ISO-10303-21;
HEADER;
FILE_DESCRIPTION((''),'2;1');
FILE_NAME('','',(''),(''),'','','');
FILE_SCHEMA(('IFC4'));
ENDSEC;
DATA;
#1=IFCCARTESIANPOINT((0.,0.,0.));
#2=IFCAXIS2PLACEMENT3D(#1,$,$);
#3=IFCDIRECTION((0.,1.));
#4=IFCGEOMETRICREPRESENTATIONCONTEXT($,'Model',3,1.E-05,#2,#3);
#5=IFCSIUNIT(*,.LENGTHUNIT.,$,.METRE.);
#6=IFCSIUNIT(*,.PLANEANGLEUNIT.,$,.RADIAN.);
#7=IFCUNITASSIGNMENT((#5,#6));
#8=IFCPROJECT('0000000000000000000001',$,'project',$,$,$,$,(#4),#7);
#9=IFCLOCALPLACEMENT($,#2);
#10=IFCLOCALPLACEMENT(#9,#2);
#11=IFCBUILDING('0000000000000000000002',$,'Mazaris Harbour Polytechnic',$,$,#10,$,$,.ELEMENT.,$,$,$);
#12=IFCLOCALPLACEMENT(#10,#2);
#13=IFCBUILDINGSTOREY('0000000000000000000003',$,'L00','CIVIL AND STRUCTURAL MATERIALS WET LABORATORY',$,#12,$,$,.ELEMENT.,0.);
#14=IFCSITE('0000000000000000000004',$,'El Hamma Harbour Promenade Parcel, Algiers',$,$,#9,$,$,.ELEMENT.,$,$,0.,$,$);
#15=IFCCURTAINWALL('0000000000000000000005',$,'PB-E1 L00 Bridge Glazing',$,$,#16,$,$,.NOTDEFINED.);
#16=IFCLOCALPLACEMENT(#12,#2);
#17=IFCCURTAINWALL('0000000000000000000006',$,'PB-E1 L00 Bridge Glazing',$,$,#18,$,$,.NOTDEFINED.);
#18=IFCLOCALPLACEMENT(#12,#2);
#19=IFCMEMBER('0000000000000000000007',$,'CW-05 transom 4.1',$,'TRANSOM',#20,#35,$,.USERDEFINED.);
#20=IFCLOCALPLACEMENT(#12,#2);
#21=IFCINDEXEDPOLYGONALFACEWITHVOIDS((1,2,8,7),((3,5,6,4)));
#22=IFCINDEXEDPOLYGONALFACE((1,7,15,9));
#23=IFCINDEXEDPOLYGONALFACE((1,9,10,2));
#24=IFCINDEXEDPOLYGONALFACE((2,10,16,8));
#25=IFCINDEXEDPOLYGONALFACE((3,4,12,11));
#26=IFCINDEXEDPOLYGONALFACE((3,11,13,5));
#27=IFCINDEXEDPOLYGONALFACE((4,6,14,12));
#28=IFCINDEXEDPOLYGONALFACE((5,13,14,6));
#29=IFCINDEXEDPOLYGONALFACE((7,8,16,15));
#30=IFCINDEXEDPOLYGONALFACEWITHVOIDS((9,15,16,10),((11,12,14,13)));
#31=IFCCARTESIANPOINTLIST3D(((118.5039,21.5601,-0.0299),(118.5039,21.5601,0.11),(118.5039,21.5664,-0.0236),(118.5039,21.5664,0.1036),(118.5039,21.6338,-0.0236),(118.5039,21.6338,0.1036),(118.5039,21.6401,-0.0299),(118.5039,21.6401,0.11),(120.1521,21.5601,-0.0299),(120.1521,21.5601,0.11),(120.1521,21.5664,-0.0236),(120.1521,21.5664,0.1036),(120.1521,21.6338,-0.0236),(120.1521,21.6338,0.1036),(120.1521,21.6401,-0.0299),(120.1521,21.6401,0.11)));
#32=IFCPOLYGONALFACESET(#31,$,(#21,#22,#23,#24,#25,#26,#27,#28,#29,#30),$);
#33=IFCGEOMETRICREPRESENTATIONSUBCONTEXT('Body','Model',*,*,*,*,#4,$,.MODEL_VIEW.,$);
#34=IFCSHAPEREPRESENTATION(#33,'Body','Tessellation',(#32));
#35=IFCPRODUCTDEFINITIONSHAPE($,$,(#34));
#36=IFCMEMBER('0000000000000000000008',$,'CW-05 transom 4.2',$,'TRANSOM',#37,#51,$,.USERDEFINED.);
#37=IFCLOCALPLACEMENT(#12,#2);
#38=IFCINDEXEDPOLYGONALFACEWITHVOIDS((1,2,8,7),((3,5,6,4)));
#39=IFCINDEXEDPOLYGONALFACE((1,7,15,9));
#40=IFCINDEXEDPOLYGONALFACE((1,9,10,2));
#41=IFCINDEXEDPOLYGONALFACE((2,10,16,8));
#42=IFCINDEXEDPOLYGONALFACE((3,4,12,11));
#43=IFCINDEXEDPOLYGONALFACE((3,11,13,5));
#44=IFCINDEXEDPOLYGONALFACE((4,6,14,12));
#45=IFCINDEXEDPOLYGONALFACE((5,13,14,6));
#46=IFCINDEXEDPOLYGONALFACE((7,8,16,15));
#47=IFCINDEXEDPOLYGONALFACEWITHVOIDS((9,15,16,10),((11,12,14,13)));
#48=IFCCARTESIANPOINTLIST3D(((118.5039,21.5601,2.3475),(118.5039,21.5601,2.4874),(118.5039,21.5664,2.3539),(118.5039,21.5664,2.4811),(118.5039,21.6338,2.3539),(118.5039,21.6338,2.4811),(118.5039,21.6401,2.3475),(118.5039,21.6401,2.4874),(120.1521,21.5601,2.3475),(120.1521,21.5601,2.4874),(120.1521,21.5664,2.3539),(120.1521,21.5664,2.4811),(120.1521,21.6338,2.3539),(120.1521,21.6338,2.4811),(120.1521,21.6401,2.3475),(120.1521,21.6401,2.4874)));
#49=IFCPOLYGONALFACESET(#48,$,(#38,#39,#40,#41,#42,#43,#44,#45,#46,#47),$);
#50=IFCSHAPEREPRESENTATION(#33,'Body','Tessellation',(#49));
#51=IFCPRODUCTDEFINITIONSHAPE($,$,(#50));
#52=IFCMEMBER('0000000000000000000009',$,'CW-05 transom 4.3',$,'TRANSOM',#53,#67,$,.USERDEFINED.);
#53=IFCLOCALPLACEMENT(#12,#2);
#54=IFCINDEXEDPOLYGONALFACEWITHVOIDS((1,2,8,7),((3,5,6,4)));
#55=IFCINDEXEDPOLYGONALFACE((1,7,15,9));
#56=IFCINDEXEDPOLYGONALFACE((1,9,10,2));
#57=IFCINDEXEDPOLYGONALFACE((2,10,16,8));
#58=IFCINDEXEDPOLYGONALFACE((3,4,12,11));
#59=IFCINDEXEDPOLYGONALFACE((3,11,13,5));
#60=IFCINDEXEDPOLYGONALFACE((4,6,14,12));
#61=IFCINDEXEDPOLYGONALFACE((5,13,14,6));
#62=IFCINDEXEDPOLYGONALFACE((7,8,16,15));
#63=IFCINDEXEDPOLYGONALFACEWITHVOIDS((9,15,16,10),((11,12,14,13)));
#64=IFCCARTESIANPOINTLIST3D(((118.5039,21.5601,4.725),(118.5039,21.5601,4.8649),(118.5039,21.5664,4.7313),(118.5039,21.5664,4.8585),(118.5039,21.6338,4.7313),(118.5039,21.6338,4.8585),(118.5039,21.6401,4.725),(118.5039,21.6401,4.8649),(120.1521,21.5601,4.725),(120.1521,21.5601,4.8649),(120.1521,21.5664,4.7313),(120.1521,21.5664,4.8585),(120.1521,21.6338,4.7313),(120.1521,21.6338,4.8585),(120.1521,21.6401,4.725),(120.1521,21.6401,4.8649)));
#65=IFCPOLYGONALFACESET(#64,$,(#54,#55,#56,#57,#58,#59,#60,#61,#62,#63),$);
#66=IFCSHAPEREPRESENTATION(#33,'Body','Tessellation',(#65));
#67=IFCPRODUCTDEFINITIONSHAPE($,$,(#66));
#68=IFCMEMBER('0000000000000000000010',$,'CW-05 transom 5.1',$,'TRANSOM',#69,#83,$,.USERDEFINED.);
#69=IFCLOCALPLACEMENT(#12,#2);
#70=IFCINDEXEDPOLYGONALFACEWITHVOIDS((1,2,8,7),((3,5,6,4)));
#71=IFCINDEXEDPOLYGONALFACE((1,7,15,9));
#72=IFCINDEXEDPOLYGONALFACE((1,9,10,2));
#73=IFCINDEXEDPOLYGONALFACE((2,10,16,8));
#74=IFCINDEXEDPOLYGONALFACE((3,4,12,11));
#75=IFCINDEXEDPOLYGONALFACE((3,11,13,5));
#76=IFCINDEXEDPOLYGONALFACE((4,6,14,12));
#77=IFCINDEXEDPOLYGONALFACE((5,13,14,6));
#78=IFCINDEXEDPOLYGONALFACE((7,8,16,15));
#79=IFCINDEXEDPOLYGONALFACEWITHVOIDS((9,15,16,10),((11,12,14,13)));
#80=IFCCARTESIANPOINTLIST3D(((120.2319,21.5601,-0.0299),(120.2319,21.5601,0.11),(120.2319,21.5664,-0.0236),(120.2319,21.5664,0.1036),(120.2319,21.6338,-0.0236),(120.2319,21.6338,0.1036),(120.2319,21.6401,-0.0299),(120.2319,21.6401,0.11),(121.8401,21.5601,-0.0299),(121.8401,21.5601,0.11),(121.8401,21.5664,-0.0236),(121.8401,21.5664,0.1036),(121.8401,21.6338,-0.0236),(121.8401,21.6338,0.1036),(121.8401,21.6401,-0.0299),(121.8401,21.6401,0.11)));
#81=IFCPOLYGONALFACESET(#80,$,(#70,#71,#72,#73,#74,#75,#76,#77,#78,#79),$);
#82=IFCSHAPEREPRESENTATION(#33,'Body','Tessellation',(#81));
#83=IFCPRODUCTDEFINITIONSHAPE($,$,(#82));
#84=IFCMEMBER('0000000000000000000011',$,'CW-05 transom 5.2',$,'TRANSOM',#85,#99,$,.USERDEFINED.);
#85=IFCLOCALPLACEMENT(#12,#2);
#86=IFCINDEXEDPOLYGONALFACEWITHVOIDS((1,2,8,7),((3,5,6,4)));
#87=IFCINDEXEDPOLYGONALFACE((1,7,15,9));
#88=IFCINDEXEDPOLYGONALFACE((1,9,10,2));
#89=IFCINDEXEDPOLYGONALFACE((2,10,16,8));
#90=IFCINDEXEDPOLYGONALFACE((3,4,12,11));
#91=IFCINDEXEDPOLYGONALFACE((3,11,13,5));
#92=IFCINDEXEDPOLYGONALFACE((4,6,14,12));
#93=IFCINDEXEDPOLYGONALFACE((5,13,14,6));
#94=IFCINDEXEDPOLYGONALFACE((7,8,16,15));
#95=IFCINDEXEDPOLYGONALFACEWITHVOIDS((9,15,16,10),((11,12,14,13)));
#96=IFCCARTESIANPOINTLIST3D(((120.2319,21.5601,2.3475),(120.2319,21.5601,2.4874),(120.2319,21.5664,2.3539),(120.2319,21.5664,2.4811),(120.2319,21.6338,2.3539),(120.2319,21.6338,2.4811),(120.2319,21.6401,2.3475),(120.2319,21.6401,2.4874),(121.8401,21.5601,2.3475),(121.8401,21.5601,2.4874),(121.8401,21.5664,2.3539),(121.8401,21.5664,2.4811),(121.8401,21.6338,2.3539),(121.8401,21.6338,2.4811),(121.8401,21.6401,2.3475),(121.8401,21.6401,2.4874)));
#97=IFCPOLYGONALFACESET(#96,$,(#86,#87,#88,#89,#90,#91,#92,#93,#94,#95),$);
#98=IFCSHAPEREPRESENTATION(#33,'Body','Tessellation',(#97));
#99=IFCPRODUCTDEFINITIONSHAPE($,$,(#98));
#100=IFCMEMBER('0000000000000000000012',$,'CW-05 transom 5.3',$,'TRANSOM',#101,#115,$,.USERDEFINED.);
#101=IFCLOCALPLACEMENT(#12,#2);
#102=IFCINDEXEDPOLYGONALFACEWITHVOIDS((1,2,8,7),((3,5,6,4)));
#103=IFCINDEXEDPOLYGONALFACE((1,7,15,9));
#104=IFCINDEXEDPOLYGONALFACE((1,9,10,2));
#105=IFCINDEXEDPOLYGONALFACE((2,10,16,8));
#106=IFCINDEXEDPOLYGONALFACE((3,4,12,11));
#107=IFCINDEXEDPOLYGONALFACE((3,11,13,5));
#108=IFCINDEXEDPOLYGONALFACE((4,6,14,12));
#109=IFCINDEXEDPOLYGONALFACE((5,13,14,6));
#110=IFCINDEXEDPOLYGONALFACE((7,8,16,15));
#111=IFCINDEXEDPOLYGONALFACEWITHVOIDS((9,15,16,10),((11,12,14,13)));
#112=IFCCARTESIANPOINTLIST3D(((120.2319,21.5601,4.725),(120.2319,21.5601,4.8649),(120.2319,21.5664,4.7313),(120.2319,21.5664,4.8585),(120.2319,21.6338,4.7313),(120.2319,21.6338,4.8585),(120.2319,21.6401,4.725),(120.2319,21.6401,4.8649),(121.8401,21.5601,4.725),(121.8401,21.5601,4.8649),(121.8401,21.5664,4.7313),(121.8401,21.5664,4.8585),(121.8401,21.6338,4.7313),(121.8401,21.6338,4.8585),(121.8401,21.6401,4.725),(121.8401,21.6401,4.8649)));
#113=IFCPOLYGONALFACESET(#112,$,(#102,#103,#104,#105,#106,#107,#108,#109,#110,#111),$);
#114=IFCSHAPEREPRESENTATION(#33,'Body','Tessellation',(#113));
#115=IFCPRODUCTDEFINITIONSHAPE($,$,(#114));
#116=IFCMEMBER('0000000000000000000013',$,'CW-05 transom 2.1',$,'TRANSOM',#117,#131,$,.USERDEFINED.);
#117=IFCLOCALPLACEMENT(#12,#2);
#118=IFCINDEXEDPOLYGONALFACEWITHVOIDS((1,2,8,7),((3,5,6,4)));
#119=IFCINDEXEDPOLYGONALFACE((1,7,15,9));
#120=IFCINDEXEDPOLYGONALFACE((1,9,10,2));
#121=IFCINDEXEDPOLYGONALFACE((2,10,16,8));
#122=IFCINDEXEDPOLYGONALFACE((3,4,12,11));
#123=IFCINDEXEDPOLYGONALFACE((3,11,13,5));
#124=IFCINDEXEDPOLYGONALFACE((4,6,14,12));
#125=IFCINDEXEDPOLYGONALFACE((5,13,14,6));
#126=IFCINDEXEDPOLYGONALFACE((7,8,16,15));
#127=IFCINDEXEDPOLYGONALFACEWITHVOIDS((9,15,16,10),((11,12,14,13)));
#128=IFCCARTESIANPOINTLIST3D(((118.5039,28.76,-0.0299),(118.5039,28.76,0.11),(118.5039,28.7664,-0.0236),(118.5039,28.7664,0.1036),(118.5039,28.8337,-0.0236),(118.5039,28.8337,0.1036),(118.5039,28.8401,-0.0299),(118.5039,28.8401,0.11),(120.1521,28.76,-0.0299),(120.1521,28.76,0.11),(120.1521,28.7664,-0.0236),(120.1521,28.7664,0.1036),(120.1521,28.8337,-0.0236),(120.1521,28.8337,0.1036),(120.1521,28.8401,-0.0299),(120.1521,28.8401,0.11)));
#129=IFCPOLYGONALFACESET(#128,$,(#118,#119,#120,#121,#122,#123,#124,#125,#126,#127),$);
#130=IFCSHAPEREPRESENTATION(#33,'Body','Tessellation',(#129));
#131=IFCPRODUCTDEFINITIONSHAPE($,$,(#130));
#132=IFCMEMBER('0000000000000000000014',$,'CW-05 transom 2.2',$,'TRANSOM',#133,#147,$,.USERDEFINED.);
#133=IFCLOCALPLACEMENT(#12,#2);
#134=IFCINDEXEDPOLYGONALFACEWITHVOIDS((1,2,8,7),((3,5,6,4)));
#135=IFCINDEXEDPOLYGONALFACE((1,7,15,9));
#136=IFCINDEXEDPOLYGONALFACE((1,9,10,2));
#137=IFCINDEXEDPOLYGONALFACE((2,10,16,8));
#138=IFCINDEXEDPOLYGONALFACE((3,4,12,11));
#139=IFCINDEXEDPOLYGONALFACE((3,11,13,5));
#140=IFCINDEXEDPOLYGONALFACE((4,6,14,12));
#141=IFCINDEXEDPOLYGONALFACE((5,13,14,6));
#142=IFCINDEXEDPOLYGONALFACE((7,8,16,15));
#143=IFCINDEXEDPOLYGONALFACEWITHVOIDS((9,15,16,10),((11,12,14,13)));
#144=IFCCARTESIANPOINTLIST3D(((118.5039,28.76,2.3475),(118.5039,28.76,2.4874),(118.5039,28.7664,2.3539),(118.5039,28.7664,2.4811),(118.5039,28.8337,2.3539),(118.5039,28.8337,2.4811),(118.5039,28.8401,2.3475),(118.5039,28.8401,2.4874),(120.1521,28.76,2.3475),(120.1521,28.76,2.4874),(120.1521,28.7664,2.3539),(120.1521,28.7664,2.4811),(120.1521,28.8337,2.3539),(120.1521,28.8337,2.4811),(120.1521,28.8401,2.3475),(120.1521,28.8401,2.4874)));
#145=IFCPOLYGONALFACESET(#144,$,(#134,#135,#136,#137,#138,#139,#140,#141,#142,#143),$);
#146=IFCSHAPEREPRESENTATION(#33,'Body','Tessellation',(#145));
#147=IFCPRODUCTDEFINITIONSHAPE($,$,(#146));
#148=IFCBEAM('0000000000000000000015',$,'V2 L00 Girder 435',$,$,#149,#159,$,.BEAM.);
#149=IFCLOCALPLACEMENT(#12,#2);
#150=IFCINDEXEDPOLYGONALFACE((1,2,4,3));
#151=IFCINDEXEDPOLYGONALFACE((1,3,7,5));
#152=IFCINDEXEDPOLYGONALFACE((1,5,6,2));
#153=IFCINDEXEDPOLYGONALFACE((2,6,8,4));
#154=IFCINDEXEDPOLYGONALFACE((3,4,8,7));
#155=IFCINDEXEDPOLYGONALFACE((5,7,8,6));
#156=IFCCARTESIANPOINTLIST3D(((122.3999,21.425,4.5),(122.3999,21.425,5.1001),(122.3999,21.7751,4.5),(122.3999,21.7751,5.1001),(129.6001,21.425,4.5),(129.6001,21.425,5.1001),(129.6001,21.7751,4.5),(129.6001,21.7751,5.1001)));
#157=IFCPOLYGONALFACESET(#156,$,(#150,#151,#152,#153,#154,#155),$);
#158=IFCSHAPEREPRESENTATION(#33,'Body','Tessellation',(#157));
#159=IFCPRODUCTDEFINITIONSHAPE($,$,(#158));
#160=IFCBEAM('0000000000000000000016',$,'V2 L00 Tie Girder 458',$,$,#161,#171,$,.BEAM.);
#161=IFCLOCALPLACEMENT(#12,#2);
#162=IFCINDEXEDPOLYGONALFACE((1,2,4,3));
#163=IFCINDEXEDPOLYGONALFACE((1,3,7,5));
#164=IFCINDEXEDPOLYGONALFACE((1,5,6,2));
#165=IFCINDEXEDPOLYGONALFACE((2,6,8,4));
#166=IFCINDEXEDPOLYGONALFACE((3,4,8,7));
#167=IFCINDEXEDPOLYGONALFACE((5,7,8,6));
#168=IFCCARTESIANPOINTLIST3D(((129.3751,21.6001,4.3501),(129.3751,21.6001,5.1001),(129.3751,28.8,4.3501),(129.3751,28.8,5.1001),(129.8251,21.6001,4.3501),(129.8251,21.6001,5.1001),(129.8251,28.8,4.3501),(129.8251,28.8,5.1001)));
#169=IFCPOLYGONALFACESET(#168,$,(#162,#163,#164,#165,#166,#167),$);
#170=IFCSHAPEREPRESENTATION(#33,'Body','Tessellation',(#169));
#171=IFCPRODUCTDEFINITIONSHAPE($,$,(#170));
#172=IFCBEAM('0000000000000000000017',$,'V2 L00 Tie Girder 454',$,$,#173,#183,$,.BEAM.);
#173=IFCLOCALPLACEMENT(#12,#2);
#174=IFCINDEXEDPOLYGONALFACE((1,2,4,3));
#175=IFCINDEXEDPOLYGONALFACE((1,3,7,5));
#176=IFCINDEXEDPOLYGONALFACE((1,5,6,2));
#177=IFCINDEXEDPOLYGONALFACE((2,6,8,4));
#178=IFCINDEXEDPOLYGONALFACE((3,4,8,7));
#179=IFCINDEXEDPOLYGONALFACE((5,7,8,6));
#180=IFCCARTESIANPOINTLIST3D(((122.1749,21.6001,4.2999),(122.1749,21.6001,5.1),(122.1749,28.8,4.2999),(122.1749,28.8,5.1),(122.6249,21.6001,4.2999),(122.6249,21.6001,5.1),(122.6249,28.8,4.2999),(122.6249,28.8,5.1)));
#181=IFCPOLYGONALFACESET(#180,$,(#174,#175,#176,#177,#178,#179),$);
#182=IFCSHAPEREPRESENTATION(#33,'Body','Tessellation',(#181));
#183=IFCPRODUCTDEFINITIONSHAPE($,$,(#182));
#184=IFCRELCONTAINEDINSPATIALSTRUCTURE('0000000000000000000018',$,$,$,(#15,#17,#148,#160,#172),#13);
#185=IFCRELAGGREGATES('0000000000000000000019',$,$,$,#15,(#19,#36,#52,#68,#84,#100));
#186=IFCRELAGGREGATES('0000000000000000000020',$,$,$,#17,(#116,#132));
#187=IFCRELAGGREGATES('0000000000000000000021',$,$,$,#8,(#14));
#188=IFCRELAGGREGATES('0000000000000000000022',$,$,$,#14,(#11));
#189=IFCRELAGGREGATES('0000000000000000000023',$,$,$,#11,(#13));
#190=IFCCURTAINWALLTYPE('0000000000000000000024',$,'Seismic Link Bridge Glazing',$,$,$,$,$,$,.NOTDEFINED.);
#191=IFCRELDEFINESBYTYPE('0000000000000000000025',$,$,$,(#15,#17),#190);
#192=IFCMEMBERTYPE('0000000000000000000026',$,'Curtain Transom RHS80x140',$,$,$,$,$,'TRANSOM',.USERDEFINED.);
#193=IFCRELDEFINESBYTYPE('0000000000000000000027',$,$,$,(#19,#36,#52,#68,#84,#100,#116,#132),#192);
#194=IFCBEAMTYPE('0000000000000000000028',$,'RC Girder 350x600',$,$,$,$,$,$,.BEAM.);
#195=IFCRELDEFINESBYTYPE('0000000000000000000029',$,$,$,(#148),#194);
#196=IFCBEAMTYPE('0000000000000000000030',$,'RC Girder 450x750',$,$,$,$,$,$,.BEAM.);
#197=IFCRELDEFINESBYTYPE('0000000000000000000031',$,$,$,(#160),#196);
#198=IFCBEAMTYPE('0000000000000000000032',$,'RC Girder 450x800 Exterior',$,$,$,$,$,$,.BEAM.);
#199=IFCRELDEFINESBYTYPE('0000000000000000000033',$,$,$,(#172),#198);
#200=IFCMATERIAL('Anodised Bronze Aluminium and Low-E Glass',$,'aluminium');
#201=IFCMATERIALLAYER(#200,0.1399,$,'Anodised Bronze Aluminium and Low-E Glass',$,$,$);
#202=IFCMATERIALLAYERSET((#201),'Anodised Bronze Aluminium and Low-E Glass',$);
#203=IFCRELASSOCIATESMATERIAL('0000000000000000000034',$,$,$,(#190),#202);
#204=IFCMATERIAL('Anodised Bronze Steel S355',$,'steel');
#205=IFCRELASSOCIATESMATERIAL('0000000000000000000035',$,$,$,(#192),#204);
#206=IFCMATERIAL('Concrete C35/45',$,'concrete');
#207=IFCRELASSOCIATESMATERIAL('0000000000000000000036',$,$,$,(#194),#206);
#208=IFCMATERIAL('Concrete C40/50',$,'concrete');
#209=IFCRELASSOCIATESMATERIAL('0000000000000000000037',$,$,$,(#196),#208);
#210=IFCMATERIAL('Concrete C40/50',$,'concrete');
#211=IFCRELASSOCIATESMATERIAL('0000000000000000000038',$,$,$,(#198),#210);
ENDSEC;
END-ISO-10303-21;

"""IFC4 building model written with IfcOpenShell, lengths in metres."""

from ifc_helpers import new_model, si_unit, direction, frame, origin, origin_2d, place, context, subcontext, project, spatial, rectangle, hollow_rectangle, extrude, material, layer, layer_set, material_profile, profile_set, type_object, element, aggregate, save


model = new_model("IFC4")

# Units and contexts
model_context = context("Model", 3, precision=1e-05, world=origin(), true_north=direction((0.0, 1.0)))
body_context = subcontext(model_context, "Body", "Model", "MODEL_VIEW")
ifc_project = project(units=[si_unit("LENGTHUNIT", "METRE"), si_unit("PLANEANGLEUNIT", "RADIAN")], contexts=[model_context])

# Site, building, storey
site_placement = place(None, origin())
site = spatial("IfcSite", under=ifc_project, at=site_placement, Name="El Hamma Harbour Promenade Parcel, Algiers", CompositionType="ELEMENT", RefElevation=0.0)
building_placement = place(site_placement, origin())
building = spatial("IfcBuilding", under=site, at=building_placement, Name="Mazaris Harbour Polytechnic", CompositionType="ELEMENT")
storey_placement = place(building_placement, origin())
storey = spatial("IfcBuildingStorey", under=building, at=storey_placement, Name="L00", Description="CIVIL AND STRUCTURAL MATERIALS WET LABORATORY", CompositionType="ELEMENT", Elevation=0.0)

# Curtain wall
ifc_material_1 = material(Name="Anodised Bronze Aluminium and Low-E Glass", Category="aluminium")
ifc_layer_1 = layer(ifc_material_1, 0.1399, Name="Anodised Bronze Aluminium and Low-E Glass")
ifc_layer_set_1 = layer_set([ifc_layer_1], Name="Anodised Bronze Aluminium and Low-E Glass")
curtain_wall_type = type_object("IfcCurtainWallType", Name="Seismic Link Bridge Glazing", PredefinedType="NOTDEFINED", material=ifc_layer_set_1)
curtain_wall_1_placement = place(storey_placement, origin())
curtain_wall_1 = element("IfcCurtainWall", 1, at=curtain_wall_1_placement, inside=storey, type_object=curtain_wall_type, Name="PB-E1 L00 Bridge Glazing", PredefinedType="NOTDEFINED")

# Curtain wall
curtain_wall_2_placement = place(storey_placement, origin())
curtain_wall_2 = element("IfcCurtainWall", 2, at=curtain_wall_2_placement, inside=storey, type_object=curtain_wall_type, Name="PB-E1 L00 Bridge Glazing", PredefinedType="NOTDEFINED")

# Members
ifc_material_2 = material(Name="Anodised Bronze Steel S355", Category="steel")
ifc_material_profile_1 = material_profile(ifc_material_2, hollow_rectangle(XDim=0.0801, YDim=0.1399, WallThickness=0.0063, at=origin_2d()), Name="RHS 80x140x6.3")
ifc_profile_set_1 = profile_set([ifc_material_profile_1], Name="Anodised Bronze Steel S355")
member_type_1 = type_object("IfcMemberType", Name="Curtain Transom RHS80x140", ElementType="TRANSOM", PredefinedType="USERDEFINED", material=ifc_profile_set_1)
member_1_placement = place(storey_placement, frame((118.5039, 21.6001, 0.04), z_axis=(1.0, 0.0, 0.0), x_axis=(0.0, 1.0, 0.0)))
member_1 = element("IfcMember", 3, at=member_1_placement, type_object=member_type_1, Name="CW-05 transom 4.1", ObjectType="TRANSOM", PredefinedType="USERDEFINED", context=body_context, shape_type="SweptSolid", body=[
    extrude(hollow_rectangle(XDim=0.0801, YDim=0.1399, WallThickness=0.0063, at=origin_2d()), origin(), (0.0, 0.0, 1.0), 1.6482),
])
member_2_placement = place(storey_placement, frame((118.5039, 21.6001, 2.4175), z_axis=(1.0, 0.0, 0.0), x_axis=(0.0, 1.0, 0.0)))
member_2 = element("IfcMember", 4, at=member_2_placement, type_object=member_type_1, Name="CW-05 transom 4.2", ObjectType="TRANSOM", PredefinedType="USERDEFINED", context=body_context, shape_type="SweptSolid", body=[
    extrude(hollow_rectangle(XDim=0.0801, YDim=0.1399, WallThickness=0.0063, at=origin_2d()), origin(), (0.0, 0.0, 1.0), 1.6482),
])
member_3_placement = place(storey_placement, frame((118.5039, 21.6001, 4.7949), z_axis=(1.0, 0.0, 0.0), x_axis=(0.0, 1.0, 0.0)))
member_3 = element("IfcMember", 5, at=member_3_placement, type_object=member_type_1, Name="CW-05 transom 4.3", ObjectType="TRANSOM", PredefinedType="USERDEFINED", context=body_context, shape_type="SweptSolid", body=[
    extrude(hollow_rectangle(XDim=0.0801, YDim=0.1399, WallThickness=0.0063, at=origin_2d()), origin(), (0.0, 0.0, 1.0), 1.6482),
])
member_4_placement = place(storey_placement, frame((120.2319, 21.6001, 0.04), z_axis=(1.0, 0.0, 0.0), x_axis=(0.0, 1.0, 0.0)))
member_4 = element("IfcMember", 6, at=member_4_placement, type_object=member_type_1, Name="CW-05 transom 5.1", ObjectType="TRANSOM", PredefinedType="USERDEFINED", context=body_context, shape_type="SweptSolid", body=[
    extrude(hollow_rectangle(XDim=0.0801, YDim=0.1399, WallThickness=0.0063, at=origin_2d()), origin(), (0.0, 0.0, 1.0), 1.6082),
])
member_5_placement = place(storey_placement, frame((120.2319, 21.6001, 2.4175), z_axis=(1.0, 0.0, 0.0), x_axis=(0.0, 1.0, 0.0)))
member_5 = element("IfcMember", 7, at=member_5_placement, type_object=member_type_1, Name="CW-05 transom 5.2", ObjectType="TRANSOM", PredefinedType="USERDEFINED", context=body_context, shape_type="SweptSolid", body=[
    extrude(hollow_rectangle(XDim=0.0801, YDim=0.1399, WallThickness=0.0063, at=origin_2d()), origin(), (0.0, 0.0, 1.0), 1.6082),
])
member_6_placement = place(storey_placement, frame((120.2319, 21.6001, 4.7949), z_axis=(1.0, 0.0, 0.0), x_axis=(0.0, 1.0, 0.0)))
member_6 = element("IfcMember", 8, at=member_6_placement, type_object=member_type_1, Name="CW-05 transom 5.3", ObjectType="TRANSOM", PredefinedType="USERDEFINED", context=body_context, shape_type="SweptSolid", body=[
    extrude(hollow_rectangle(XDim=0.0801, YDim=0.1399, WallThickness=0.0063, at=origin_2d()), origin(), (0.0, 0.0, 1.0), 1.6082),
])
member_7_placement = place(storey_placement, frame((120.1521, 28.8, 0.04), z_axis=(-1.0, 0.0, 0.0), x_axis=(0.0, -1.0, 0.0)))
member_7 = element("IfcMember", 9, at=member_7_placement, type_object=member_type_1, Name="CW-05 transom 2.1", ObjectType="TRANSOM", PredefinedType="USERDEFINED", context=body_context, shape_type="SweptSolid", body=[
    extrude(hollow_rectangle(XDim=0.0801, YDim=0.1399, WallThickness=0.0063, at=origin_2d()), origin(), (0.0, 0.0, 1.0), 1.6482),
])
member_8_placement = place(storey_placement, frame((120.1521, 28.8, 2.4175), z_axis=(-1.0, 0.0, 0.0), x_axis=(0.0, -1.0, 0.0)))
member_8 = element("IfcMember", 10, at=member_8_placement, type_object=member_type_1, Name="CW-05 transom 2.2", ObjectType="TRANSOM", PredefinedType="USERDEFINED", context=body_context, shape_type="SweptSolid", body=[
    extrude(hollow_rectangle(XDim=0.0801, YDim=0.1399, WallThickness=0.0063, at=origin_2d()), origin(), (0.0, 0.0, 1.0), 1.6482),
])

# Beams
ifc_material_3 = material(Name="Concrete C35/45", Category="concrete")
ifc_material_profile_2 = material_profile(ifc_material_3, rectangle(XDim=0.3501, YDim=0.6001, at=origin_2d()), Name="RECT350x600")
ifc_profile_set_2 = profile_set([ifc_material_profile_2], Name="Concrete C35/45")
beam_type_1 = type_object("IfcBeamType", Name="RC Girder 350x600", PredefinedType="BEAM", material=ifc_profile_set_2)
beam_1_placement = place(storey_placement, frame((122.3999, 21.6001, 4.8), z_axis=(1.0, 0.0, 0.0), x_axis=(0.0, 1.0, 0.0)))
element("IfcBeam", 11, at=beam_1_placement, inside=storey, type_object=beam_type_1, Name="V2 L00 Girder 435", PredefinedType="BEAM", context=body_context, shape_type="SweptSolid", body=[
    extrude(rectangle(XDim=0.3501, YDim=0.6001, at=origin_2d()), origin(), (0.0, 0.0, 1.0), 7.2002),
])
ifc_material_4 = material(Name="Concrete C40/50", Category="concrete")
ifc_material_profile_3 = material_profile(ifc_material_4, rectangle(XDim=0.45, YDim=0.75, at=origin_2d()), Name="RECT450x750")
ifc_profile_set_3 = profile_set([ifc_material_profile_3], Name="Concrete C40/50")
beam_type_2 = type_object("IfcBeamType", Name="RC Girder 450x750", PredefinedType="BEAM", material=ifc_profile_set_3)
beam_2_placement = place(storey_placement, frame((129.6001, 21.6001, 4.7251), z_axis=(0.0, 1.0, 0.0), x_axis=(-1.0, 0.0, 0.0)))
element("IfcBeam", 12, at=beam_2_placement, inside=storey, type_object=beam_type_2, Name="V2 L00 Tie Girder 458", PredefinedType="BEAM", context=body_context, shape_type="SweptSolid", body=[
    extrude(rectangle(XDim=0.45, YDim=0.75, at=origin_2d()), origin(), (0.0, 0.0, 1.0), 7.2),
])
ifc_material_5 = material(Name="Concrete C40/50", Category="concrete")
ifc_material_profile_4 = material_profile(ifc_material_5, rectangle(XDim=0.45, YDim=0.8, at=origin_2d()), Name="RECT450x800")
ifc_profile_set_4 = profile_set([ifc_material_profile_4], Name="Concrete C40/50")
beam_type_3 = type_object("IfcBeamType", Name="RC Girder 450x800 Exterior", PredefinedType="BEAM", material=ifc_profile_set_4)
beam_3_placement = place(storey_placement, frame((122.3999, 21.6001, 4.7), z_axis=(0.0, 1.0, 0.0), x_axis=(-1.0, 0.0, 0.0)))
element("IfcBeam", 13, at=beam_3_placement, inside=storey, type_object=beam_type_3, Name="V2 L00 Tie Girder 454", PredefinedType="BEAM", context=body_context, shape_type="SweptSolid", body=[
    extrude(rectangle(XDim=0.45, YDim=0.8, at=origin_2d()), origin(), (0.0, 0.0, 1.0), 7.2),
])

aggregate(curtain_wall_1, [member_1, member_2, member_3, member_4, member_5, member_6])
aggregate(curtain_wall_2, [member_7, member_8])

save(model, "model.ifc")
